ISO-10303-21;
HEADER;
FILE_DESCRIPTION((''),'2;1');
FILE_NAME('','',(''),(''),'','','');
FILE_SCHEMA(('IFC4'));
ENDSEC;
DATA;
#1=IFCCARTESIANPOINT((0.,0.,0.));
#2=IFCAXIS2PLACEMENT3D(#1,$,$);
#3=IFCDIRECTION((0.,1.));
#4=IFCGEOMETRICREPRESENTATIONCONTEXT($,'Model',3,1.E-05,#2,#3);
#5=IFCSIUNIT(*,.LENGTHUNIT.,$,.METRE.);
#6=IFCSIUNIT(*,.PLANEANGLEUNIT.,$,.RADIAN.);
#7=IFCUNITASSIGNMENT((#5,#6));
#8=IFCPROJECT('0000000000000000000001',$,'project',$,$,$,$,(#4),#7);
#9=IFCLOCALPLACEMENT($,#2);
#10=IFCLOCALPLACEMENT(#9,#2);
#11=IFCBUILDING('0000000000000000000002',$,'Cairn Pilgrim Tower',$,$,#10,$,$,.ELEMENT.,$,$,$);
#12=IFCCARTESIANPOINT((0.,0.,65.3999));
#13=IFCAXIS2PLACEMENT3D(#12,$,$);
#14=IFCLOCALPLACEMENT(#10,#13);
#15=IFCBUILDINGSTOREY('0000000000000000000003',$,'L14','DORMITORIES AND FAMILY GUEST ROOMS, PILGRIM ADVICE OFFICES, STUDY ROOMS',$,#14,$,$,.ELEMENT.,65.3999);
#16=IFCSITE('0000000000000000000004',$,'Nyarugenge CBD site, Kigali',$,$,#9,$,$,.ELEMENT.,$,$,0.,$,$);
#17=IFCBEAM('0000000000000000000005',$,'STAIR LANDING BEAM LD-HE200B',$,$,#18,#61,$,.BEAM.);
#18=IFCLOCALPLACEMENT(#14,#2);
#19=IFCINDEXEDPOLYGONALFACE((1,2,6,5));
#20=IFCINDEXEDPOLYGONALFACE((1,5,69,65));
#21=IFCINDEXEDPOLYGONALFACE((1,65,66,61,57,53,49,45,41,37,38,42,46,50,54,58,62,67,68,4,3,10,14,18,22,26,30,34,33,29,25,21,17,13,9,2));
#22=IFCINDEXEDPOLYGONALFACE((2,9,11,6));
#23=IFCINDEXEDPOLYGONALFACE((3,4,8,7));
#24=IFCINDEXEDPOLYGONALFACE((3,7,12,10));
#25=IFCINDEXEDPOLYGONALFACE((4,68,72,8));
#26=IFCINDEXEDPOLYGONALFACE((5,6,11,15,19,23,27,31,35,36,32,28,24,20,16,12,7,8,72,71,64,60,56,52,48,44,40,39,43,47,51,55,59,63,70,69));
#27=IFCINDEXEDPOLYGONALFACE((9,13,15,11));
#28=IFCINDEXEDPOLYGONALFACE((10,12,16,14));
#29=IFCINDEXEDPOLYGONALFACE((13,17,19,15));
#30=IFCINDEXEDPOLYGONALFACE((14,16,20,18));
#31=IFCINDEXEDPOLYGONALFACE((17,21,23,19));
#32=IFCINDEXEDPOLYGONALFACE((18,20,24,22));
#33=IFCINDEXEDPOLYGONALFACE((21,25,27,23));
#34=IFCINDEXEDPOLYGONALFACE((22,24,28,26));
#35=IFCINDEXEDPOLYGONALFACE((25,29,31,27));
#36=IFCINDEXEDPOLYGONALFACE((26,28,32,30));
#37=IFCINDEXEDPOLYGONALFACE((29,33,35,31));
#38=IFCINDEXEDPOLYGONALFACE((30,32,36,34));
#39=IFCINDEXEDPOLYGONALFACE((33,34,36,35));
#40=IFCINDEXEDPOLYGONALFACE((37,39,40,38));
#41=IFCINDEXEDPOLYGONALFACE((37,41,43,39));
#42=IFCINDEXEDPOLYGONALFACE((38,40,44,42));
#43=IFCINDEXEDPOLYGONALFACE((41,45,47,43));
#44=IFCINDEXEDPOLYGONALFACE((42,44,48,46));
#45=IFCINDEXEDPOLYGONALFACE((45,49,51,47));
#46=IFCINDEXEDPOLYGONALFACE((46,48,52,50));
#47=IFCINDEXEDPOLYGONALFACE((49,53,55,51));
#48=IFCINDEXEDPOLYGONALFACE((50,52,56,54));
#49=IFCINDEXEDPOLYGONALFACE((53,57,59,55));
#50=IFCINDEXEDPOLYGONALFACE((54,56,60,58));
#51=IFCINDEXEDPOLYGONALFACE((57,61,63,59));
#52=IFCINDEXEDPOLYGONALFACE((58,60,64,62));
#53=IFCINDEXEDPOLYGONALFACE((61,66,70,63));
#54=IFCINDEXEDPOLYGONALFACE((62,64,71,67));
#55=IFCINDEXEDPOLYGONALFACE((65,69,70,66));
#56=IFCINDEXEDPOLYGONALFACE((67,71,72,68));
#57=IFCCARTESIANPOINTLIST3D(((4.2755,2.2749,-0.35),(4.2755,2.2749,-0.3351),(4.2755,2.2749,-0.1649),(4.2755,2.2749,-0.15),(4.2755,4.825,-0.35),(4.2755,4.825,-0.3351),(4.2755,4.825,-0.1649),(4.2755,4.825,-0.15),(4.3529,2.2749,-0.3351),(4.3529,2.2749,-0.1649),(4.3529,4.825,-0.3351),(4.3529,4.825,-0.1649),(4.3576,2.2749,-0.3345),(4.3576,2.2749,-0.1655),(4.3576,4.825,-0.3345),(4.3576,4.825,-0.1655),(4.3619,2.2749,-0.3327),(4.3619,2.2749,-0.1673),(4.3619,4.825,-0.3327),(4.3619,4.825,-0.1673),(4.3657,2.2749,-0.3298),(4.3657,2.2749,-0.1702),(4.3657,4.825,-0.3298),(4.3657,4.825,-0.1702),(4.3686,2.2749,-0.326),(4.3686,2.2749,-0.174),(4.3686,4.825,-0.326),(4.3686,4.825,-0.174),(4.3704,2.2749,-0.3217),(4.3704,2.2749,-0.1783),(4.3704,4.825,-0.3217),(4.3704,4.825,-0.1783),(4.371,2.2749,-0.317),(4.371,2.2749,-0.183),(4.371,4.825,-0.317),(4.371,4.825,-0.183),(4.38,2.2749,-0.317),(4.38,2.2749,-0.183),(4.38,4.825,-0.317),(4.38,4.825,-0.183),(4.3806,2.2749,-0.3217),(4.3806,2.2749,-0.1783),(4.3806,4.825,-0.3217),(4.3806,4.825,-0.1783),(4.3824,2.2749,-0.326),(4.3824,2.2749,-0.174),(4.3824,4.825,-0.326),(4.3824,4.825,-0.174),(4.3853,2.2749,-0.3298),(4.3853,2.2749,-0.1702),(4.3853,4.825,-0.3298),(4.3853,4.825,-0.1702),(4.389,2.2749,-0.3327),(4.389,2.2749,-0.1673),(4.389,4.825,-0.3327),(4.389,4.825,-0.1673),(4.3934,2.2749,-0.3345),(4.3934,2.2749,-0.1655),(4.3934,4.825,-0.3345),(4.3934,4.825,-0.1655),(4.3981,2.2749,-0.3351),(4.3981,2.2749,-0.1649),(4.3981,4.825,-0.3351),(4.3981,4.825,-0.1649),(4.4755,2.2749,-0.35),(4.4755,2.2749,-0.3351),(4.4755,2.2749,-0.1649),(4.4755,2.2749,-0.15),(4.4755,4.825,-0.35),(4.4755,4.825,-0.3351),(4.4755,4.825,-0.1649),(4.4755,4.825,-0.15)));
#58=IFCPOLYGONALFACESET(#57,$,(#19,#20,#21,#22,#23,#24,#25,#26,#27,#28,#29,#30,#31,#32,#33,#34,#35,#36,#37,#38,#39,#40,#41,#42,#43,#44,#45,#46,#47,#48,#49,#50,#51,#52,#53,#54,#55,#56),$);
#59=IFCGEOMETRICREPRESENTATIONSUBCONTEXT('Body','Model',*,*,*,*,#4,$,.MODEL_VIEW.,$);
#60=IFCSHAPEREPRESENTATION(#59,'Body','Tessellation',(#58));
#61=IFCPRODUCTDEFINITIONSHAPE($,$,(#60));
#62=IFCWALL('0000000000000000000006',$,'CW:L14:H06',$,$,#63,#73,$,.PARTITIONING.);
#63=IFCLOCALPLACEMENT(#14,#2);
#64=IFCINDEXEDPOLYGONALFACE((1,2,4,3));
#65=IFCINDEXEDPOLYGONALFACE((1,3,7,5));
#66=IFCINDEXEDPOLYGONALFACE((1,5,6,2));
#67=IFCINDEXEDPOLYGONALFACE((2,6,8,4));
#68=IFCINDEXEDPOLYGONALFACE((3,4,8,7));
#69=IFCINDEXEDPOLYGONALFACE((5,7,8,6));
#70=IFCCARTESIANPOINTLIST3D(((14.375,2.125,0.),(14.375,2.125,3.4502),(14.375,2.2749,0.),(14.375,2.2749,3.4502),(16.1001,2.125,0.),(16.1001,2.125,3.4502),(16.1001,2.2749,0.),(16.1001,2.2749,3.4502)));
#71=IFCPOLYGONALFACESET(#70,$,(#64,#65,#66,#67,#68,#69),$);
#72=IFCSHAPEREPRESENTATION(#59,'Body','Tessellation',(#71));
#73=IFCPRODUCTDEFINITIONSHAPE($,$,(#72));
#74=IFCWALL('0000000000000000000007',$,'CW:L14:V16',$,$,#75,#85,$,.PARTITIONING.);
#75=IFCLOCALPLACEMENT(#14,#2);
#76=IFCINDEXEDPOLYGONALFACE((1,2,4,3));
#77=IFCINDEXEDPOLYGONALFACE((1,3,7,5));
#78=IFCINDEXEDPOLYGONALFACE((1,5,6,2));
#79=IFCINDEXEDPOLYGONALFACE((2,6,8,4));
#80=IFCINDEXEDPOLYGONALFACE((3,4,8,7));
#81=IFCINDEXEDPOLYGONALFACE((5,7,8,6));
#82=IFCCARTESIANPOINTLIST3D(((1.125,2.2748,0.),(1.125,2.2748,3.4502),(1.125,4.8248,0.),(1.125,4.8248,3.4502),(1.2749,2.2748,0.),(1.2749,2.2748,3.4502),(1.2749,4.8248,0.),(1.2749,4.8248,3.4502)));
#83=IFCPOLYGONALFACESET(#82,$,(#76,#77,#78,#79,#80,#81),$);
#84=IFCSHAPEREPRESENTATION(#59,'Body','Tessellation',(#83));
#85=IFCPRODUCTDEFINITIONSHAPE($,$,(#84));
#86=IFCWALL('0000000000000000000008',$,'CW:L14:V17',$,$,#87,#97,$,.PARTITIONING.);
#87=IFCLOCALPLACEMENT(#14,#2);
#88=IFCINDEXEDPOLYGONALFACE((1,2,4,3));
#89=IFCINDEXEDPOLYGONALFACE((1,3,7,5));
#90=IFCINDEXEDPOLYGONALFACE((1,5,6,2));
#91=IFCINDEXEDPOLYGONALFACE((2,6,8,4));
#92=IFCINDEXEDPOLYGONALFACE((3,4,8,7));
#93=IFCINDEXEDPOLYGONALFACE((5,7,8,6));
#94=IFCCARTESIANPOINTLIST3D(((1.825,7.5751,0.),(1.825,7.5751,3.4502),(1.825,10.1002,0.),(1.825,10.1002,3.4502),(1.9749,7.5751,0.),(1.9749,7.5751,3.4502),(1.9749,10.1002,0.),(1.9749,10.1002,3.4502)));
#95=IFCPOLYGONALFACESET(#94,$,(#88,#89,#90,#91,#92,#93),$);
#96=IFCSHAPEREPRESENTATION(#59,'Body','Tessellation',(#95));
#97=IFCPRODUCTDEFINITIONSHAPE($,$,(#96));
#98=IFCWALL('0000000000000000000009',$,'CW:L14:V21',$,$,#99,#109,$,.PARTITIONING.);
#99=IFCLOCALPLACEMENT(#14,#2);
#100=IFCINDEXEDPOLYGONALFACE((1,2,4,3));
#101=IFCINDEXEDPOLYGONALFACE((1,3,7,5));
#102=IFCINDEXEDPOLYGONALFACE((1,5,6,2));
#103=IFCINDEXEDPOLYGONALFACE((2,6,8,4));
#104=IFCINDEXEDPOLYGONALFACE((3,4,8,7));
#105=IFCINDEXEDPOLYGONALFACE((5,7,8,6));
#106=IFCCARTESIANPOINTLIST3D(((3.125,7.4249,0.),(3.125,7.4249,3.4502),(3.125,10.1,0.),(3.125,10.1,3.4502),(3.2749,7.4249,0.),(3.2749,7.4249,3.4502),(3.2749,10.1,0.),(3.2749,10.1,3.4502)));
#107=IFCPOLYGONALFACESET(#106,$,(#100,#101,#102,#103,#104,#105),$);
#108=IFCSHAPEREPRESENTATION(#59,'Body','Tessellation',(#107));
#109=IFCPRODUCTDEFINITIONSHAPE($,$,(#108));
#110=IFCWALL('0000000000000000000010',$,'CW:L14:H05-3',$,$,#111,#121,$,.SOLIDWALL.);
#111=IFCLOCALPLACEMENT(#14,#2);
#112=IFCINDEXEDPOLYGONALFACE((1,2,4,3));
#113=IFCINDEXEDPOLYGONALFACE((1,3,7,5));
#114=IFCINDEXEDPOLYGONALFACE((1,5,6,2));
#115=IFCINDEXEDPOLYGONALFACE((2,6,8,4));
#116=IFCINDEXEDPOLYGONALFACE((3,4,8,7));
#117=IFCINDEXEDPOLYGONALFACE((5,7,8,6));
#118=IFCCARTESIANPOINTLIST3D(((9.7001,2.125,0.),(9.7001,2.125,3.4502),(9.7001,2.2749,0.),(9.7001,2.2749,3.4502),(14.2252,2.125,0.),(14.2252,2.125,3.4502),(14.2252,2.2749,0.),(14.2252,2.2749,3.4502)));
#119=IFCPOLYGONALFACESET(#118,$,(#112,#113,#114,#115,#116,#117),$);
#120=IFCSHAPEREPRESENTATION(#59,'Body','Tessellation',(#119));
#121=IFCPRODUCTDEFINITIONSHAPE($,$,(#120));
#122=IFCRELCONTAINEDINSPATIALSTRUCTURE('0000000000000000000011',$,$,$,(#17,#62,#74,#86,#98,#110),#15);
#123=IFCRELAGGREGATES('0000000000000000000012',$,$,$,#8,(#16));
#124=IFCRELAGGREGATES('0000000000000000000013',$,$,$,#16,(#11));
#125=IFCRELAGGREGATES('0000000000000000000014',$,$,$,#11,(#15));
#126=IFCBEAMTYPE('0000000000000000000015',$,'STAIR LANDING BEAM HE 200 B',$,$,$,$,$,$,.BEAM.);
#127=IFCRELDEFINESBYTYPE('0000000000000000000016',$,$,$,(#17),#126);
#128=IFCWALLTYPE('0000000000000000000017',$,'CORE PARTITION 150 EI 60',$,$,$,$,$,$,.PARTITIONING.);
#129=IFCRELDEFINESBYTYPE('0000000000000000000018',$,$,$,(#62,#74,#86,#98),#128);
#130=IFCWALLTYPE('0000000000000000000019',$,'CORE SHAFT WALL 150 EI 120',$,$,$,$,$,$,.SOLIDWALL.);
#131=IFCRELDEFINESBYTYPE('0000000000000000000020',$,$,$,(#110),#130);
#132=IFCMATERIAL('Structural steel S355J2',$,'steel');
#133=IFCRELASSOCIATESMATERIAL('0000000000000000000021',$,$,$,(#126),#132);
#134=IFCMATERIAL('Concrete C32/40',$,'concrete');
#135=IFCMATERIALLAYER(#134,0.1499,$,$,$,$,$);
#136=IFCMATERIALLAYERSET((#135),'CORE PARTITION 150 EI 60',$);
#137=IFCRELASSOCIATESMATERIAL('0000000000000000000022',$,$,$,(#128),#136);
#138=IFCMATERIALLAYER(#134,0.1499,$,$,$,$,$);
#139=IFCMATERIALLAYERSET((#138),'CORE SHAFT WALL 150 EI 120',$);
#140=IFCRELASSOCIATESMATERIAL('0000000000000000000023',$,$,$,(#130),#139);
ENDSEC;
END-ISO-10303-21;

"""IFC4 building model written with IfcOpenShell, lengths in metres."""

from ifc_helpers import new_model, si_unit, direction, frame, frame_2d, origin, origin_2d, place, context, subcontext, project, spatial, rectangle, i_section, extrude, material, layer, layer_set, material_profile, profile_set, type_object, element, save


model = new_model("IFC4")

# Units and contexts
model_context = context("Model", 3, precision=1e-05, world=origin(), true_north=direction((0.0, 1.0)))
body_context = subcontext(model_context, "Body", "Model", "MODEL_VIEW")
ifc_project = project(units=[si_unit("LENGTHUNIT", "METRE"), si_unit("PLANEANGLEUNIT", "RADIAN")], contexts=[model_context])

# Site, building, storey
site_placement = place(None, origin())
site = spatial("IfcSite", under=ifc_project, at=site_placement, Name="Nyarugenge CBD site, Kigali", CompositionType="ELEMENT", RefElevation=0.0)
building_placement = place(site_placement, origin())
building = spatial("IfcBuilding", under=site, at=building_placement, Name="Cairn Pilgrim Tower", CompositionType="ELEMENT")
storey_placement = place(building_placement, frame((0.0, 0.0, 65.3999)))
storey = spatial("IfcBuildingStorey", under=building, at=storey_placement, Name="L14", Description="DORMITORIES AND FAMILY GUEST ROOMS, PILGRIM ADVICE OFFICES, STUDY ROOMS", CompositionType="ELEMENT", Elevation=65.3999)

# Beam
ifc_material_1 = material(Name="Structural steel S355J2", Category="steel")
ifc_material_profile = material_profile(ifc_material_1, i_section(OverallWidth=0.2, OverallDepth=0.2, WebThickness=0.009, FlangeThickness=0.0149, FilletRadius=0.0181, at=origin_2d()), Name="HE 200 B")
ifc_profile_set = profile_set([ifc_material_profile], Name="Structural steel S355J2")
beam_type = type_object("IfcBeamType", Name="STAIR LANDING BEAM HE 200 B", PredefinedType="BEAM", material=ifc_profile_set)
beam_placement = place(storey_placement, frame((4.3755, 2.2749, -0.25), z_axis=(0.0, 1.0, 0.0), x_axis=(-1.0, 0.0, 0.0)))
element("IfcBeam", 1, at=beam_placement, inside=storey, type_object=beam_type, Name="STAIR LANDING BEAM LD-HE200B", PredefinedType="BEAM", context=body_context, shape_type="SweptSolid", body=[
    extrude(i_section(OverallWidth=0.2, OverallDepth=0.2, WebThickness=0.009, FlangeThickness=0.0149, FilletRadius=0.0181, at=origin_2d()), origin(), (0.0, 0.0, 1.0), 2.55),
])

# Walls
ifc_material_2 = material(Name="Concrete C32/40", Category="concrete")
ifc_layer_1 = layer(ifc_material_2, 0.1499)
ifc_layer_set_1 = layer_set([ifc_layer_1], Name="CORE PARTITION 150 EI 60")
wall_type_1 = type_object("IfcWallType", Name="CORE PARTITION 150 EI 60", PredefinedType="PARTITIONING", material=ifc_layer_set_1)
wall_1_placement = place(storey_placement, frame((14.375, 2.2, 0.0), z_axis=(0.0, 0.0, 1.0), x_axis=(1.0, 0.0, 0.0)))
element("IfcWall", 2, at=wall_1_placement, inside=storey, type_object=wall_type_1, Name="CW:L14:H06", PredefinedType="PARTITIONING", context=body_context, shape_type="SweptSolid", body=[
    extrude(rectangle(XDim=1.7251, YDim=0.1499, at=frame_2d((0.8625, 0.0))), origin(), (0.0, 0.0, 1.0), 3.4502),
])
wall_2_placement = place(storey_placement, frame((1.2, 2.2749, 0.0), z_axis=(0.0, 0.0, 1.0), x_axis=(0.0, 1.0, 0.0)))
element("IfcWall", 3, at=wall_2_placement, inside=storey, type_object=wall_type_1, Name="CW:L14:V16", PredefinedType="PARTITIONING", context=body_context, shape_type="SweptSolid", body=[
    extrude(rectangle(XDim=2.55, YDim=0.1499, at=frame_2d((1.2749, 0.0))), origin(), (0.0, 0.0, 1.0), 3.4502),
])
wall_3_placement = place(storey_placement, frame((1.8999, 7.575, 0.0), z_axis=(0.0, 0.0, 1.0), x_axis=(0.0, 1.0, 0.0)))
element("IfcWall", 4, at=wall_3_placement, inside=storey, type_object=wall_type_1, Name="CW:L14:V17", PredefinedType="PARTITIONING", context=body_context, shape_type="SweptSolid", body=[
    extrude(rectangle(XDim=2.5251, YDim=0.1499, at=frame_2d((1.2627, 0.0))), origin(), (0.0, 0.0, 1.0), 3.4502),
])
wall_4_placement = place(storey_placement, frame((3.2, 7.425, 0.0), z_axis=(0.0, 0.0, 1.0), x_axis=(0.0, 1.0, 0.0)))
element("IfcWall", 5, at=wall_4_placement, inside=storey, type_object=wall_type_1, Name="CW:L14:V21", PredefinedType="PARTITIONING", context=body_context, shape_type="SweptSolid", body=[
    extrude(rectangle(XDim=2.675, YDim=0.1499, at=frame_2d((1.3374, 0.0))), origin(), (0.0, 0.0, 1.0), 3.4502),
])
ifc_layer_2 = layer(ifc_material_2, 0.1499)
ifc_layer_set_2 = layer_set([ifc_layer_2], Name="CORE SHAFT WALL 150 EI 120")
wall_type_2 = type_object("IfcWallType", Name="CORE SHAFT WALL 150 EI 120", PredefinedType="SOLIDWALL", material=ifc_layer_set_2)
wall_5_placement = place(storey_placement, frame((9.7, 2.2, 0.0), z_axis=(0.0, 0.0, 1.0), x_axis=(1.0, 0.0, 0.0)))
element("IfcWall", 6, at=wall_5_placement, inside=storey, type_object=wall_type_2, Name="CW:L14:H05-3", PredefinedType="SOLIDWALL", context=body_context, shape_type="SweptSolid", body=[
    extrude(rectangle(XDim=4.5251, YDim=0.1499, at=frame_2d((2.2627, 0.0))), origin(), (0.0, 0.0, 1.0), 3.4502),
])

save(model, "model.ifc")
